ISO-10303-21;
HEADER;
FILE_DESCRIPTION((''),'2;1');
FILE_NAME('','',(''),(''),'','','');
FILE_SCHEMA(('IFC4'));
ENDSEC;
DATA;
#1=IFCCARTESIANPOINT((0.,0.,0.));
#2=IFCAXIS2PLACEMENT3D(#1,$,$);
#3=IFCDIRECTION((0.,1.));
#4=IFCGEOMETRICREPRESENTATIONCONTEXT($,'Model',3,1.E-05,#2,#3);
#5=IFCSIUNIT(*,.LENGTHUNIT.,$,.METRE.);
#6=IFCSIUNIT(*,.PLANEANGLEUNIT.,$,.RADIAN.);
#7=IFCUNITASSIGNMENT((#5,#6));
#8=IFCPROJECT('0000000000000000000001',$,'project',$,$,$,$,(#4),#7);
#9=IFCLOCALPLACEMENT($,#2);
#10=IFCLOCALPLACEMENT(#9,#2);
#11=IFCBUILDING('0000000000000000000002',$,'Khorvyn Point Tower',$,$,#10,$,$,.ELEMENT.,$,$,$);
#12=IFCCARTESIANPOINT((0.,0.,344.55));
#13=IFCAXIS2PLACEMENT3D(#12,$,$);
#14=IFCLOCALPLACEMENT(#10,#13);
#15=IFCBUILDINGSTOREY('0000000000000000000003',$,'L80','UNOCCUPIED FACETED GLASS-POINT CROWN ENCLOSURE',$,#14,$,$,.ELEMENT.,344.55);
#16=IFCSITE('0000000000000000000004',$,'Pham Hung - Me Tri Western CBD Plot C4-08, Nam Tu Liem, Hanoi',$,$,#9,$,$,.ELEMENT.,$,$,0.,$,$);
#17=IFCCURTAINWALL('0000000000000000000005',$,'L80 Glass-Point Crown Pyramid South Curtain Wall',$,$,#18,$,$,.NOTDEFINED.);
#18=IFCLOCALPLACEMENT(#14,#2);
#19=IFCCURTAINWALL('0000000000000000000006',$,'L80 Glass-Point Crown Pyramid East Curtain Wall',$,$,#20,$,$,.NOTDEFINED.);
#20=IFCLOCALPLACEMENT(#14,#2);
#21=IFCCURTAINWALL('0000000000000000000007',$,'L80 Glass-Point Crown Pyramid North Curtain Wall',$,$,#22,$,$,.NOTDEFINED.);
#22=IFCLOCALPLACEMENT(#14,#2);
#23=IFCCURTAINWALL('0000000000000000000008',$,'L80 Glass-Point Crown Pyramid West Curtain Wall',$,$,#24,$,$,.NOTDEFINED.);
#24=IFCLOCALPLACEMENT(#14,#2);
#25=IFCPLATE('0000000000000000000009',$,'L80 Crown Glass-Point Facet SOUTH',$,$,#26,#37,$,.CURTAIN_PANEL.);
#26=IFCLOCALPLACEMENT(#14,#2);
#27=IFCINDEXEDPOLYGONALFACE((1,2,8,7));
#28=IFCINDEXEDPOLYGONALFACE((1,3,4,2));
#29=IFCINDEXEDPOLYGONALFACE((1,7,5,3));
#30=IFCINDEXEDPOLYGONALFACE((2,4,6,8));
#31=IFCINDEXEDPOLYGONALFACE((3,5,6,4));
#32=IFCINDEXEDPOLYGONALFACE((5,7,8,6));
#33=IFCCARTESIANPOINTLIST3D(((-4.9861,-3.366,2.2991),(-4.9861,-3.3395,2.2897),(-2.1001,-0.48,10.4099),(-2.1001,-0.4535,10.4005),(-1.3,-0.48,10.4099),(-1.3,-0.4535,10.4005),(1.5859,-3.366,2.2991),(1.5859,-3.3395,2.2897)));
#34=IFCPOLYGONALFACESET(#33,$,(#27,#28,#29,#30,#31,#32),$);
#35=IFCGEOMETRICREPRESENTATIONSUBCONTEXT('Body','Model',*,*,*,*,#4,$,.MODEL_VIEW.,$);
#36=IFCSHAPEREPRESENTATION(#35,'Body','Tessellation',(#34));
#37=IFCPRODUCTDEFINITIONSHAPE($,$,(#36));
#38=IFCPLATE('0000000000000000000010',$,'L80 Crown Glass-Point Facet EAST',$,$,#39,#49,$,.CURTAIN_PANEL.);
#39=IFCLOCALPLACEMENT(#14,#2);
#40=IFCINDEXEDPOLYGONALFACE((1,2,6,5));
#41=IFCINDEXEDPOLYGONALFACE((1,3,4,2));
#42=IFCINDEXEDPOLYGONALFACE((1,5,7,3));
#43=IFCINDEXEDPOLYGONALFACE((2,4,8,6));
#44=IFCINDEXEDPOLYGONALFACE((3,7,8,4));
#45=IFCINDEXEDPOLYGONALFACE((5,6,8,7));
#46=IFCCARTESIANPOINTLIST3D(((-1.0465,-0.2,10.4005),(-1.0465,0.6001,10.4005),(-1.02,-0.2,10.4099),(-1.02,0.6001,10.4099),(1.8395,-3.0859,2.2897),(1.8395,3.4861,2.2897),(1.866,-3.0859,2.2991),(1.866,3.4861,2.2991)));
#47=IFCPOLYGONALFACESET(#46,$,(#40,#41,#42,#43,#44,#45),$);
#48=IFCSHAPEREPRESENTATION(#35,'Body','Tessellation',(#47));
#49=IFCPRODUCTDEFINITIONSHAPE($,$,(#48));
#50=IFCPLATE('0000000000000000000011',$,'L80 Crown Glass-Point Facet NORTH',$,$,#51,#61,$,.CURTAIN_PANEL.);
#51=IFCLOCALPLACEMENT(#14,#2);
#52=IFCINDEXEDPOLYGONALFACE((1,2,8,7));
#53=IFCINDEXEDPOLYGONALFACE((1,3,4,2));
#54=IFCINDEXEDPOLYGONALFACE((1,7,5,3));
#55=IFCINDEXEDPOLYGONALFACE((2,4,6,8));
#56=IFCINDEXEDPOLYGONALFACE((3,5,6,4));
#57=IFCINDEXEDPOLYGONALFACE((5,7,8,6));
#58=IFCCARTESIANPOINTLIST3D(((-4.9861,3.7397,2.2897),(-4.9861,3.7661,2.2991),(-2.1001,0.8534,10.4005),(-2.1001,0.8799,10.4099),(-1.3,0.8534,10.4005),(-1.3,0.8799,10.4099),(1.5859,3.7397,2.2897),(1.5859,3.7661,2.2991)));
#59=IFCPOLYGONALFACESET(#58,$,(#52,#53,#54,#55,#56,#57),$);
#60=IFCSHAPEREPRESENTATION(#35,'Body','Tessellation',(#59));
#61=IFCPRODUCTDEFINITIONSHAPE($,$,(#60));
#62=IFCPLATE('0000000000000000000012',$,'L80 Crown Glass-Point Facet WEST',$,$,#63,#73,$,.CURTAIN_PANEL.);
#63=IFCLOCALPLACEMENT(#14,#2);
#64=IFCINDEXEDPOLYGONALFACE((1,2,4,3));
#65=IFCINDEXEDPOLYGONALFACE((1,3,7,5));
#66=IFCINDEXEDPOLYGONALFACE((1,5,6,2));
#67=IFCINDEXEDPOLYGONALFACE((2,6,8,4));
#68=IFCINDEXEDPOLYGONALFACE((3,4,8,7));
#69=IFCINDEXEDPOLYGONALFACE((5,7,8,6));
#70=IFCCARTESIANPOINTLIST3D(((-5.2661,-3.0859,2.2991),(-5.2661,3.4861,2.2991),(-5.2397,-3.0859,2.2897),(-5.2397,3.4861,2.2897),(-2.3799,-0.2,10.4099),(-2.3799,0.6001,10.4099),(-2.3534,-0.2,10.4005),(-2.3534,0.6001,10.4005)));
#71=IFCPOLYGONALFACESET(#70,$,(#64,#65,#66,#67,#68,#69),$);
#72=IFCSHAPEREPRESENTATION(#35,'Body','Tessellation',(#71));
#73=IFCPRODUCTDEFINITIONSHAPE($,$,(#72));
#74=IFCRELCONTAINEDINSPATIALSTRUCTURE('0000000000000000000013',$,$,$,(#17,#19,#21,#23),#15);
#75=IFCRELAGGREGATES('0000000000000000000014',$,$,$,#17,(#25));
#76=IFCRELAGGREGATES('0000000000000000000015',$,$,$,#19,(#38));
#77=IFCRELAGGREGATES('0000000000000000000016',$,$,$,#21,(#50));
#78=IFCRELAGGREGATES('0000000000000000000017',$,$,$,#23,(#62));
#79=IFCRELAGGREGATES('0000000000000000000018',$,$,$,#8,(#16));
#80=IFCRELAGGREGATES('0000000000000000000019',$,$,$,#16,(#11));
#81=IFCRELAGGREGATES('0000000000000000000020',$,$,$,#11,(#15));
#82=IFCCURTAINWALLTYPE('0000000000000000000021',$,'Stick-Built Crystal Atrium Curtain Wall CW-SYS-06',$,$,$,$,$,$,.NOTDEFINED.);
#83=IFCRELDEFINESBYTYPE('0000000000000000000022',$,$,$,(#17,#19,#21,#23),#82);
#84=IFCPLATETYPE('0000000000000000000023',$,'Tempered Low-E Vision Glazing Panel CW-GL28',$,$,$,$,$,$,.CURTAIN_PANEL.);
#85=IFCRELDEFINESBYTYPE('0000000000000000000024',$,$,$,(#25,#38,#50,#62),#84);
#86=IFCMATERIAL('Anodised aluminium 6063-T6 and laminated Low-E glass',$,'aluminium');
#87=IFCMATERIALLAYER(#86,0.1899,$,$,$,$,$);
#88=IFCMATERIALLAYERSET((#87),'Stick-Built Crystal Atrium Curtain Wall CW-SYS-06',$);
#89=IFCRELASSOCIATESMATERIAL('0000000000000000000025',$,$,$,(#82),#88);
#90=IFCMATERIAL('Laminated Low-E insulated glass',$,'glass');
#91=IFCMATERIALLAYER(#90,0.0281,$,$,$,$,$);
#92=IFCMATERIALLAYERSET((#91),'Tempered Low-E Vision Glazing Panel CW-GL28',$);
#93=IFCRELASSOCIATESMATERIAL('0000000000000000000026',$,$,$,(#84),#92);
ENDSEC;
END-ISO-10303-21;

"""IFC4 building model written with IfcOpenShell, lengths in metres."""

from ifc_helpers import new_model, si_unit, direction, frame, origin, place, context, subcontext, project, spatial, polyline, outline, extrude, material, layer, layer_set, type_object, element, aggregate, save


model = new_model("IFC4")

# Units and contexts
model_context = context("Model", 3, precision=1e-05, world=origin(), true_north=direction((0.0, 1.0)))
body_context = subcontext(model_context, "Body", "Model", "MODEL_VIEW")
ifc_project = project(units=[si_unit("LENGTHUNIT", "METRE"), si_unit("PLANEANGLEUNIT", "RADIAN")], contexts=[model_context])

# Site, building, storey
site_placement = place(None, origin())
site = spatial("IfcSite", under=ifc_project, at=site_placement, Name="Pham Hung - Me Tri Western CBD Plot C4-08, Nam Tu Liem, Hanoi", CompositionType="ELEMENT", RefElevation=0.0)
building_placement = place(site_placement, origin())
building = spatial("IfcBuilding", under=site, at=building_placement, Name="Khorvyn Point Tower", CompositionType="ELEMENT")
storey_placement = place(building_placement, frame((0.0, 0.0, 344.55)))
storey = spatial("IfcBuildingStorey", under=building, at=storey_placement, Name="L80", Description="UNOCCUPIED FACETED GLASS-POINT CROWN ENCLOSURE", CompositionType="ELEMENT", Elevation=344.55)

# Curtain walls
ifc_material_1 = material(Name="Anodised aluminium 6063-T6 and laminated Low-E glass", Category="aluminium")
ifc_layer_1 = layer(ifc_material_1, 0.1899)
ifc_layer_set_1 = layer_set([ifc_layer_1], Name="Stick-Built Crystal Atrium Curtain Wall CW-SYS-06")
curtain_wall_type = type_object("IfcCurtainWallType", Name="Stick-Built Crystal Atrium Curtain Wall CW-SYS-06", PredefinedType="NOTDEFINED", material=ifc_layer_set_1)
curtain_wall_1_placement = place(storey_placement, origin())
curtain_wall_1 = element("IfcCurtainWall", 1, at=curtain_wall_1_placement, inside=storey, type_object=curtain_wall_type, Name="L80 Glass-Point Crown Pyramid South Curtain Wall", PredefinedType="NOTDEFINED")
curtain_wall_2_placement = place(storey_placement, origin())
curtain_wall_2 = element("IfcCurtainWall", 2, at=curtain_wall_2_placement, inside=storey, type_object=curtain_wall_type, Name="L80 Glass-Point Crown Pyramid East Curtain Wall", PredefinedType="NOTDEFINED")
curtain_wall_3_placement = place(storey_placement, origin())
curtain_wall_3 = element("IfcCurtainWall", 3, at=curtain_wall_3_placement, inside=storey, type_object=curtain_wall_type, Name="L80 Glass-Point Crown Pyramid North Curtain Wall", PredefinedType="NOTDEFINED")
curtain_wall_4_placement = place(storey_placement, origin())
curtain_wall_4 = element("IfcCurtainWall", 4, at=curtain_wall_4_placement, inside=storey, type_object=curtain_wall_type, Name="L80 Glass-Point Crown Pyramid West Curtain Wall", PredefinedType="NOTDEFINED")

# Plates
ifc_material_2 = material(Name="Laminated Low-E insulated glass", Category="glass")
ifc_layer_2 = layer(ifc_material_2, 0.0281)
ifc_layer_set_2 = layer_set([ifc_layer_2], Name="Tempered Low-E Vision Glazing Panel CW-GL28")
plate_type_1 = type_object("IfcPlateType", Name="Tempered Low-E Vision Glazing Panel CW-GL28", PredefinedType="CURTAIN_PANEL", material=ifc_layer_set_2)
plate_1_placement = place(storey_placement, frame((-4.9861, -3.366, 2.2991), z_axis=(0.0, -0.942136, 0.33523), x_axis=(1.0, 0.0, 0.0)))
plate_1 = element("IfcPlate", 5, at=plate_1_placement, type_object=plate_type_1, Name="L80 Crown Glass-Point Facet SOUTH", PredefinedType="CURTAIN_PANEL", context=body_context, shape_type="SweptSolid", body=[
    extrude(outline(polyline([(0.0, 0.0), (6.572, 0.0), (3.686, 8.609), (2.886, 8.609), (0.0, 0.0)])), origin(), (0.0, 0.0, -1.0), 0.0281),
])
aggregate(curtain_wall_1, [plate_1])
plate_2_placement = place(storey_placement, frame((1.866, -3.0859, 2.2991), z_axis=(0.942136, 0.0, 0.33523), x_axis=(0.0, 1.0, 0.0)))
plate_2 = element("IfcPlate", 6, at=plate_2_placement, type_object=plate_type_1, Name="L80 Crown Glass-Point Facet EAST", PredefinedType="CURTAIN_PANEL", context=body_context, shape_type="SweptSolid", body=[
    extrude(outline(polyline([(0.0, 0.0), (6.572, 0.0), (3.686, 8.609), (2.886, 8.609), (0.0, 0.0)])), origin(), (0.0, 0.0, -1.0), 0.0281),
])
aggregate(curtain_wall_2, [plate_2])
plate_3_placement = place(storey_placement, frame((1.5859, 3.7661, 2.2991), z_axis=(0.0, 0.942128, 0.335255), x_axis=(-1.0, 0.0, 0.0)))
plate_3 = element("IfcPlate", 7, at=plate_3_placement, type_object=plate_type_1, Name="L80 Crown Glass-Point Facet NORTH", PredefinedType="CURTAIN_PANEL", context=body_context, shape_type="SweptSolid", body=[
    extrude(outline(polyline([(0.0, 0.0), (6.572, 0.0), (3.686, 8.6091), (2.886, 8.6091), (0.0, 0.0)])), origin(), (0.0, 0.0, -1.0), 0.0281),
])
aggregate(curtain_wall_3, [plate_3])
plate_4_placement = place(storey_placement, frame((-5.2661, 3.4861, 2.2991), z_axis=(-0.942128, 0.0, 0.335255), x_axis=(0.0, -1.0, 0.0)))
plate_4 = element("IfcPlate", 8, at=plate_4_placement, type_object=plate_type_1, Name="L80 Crown Glass-Point Facet WEST", PredefinedType="CURTAIN_PANEL", context=body_context, shape_type="SweptSolid", body=[
    extrude(outline(polyline([(0.0, 0.0), (6.572, 0.0), (3.686, 8.6091), (2.886, 8.6091), (0.0, 0.0)])), origin(), (0.0, 0.0, -1.0), 0.0281),
])
aggregate(curtain_wall_4, [plate_4])

save(model, "model.ifc")
